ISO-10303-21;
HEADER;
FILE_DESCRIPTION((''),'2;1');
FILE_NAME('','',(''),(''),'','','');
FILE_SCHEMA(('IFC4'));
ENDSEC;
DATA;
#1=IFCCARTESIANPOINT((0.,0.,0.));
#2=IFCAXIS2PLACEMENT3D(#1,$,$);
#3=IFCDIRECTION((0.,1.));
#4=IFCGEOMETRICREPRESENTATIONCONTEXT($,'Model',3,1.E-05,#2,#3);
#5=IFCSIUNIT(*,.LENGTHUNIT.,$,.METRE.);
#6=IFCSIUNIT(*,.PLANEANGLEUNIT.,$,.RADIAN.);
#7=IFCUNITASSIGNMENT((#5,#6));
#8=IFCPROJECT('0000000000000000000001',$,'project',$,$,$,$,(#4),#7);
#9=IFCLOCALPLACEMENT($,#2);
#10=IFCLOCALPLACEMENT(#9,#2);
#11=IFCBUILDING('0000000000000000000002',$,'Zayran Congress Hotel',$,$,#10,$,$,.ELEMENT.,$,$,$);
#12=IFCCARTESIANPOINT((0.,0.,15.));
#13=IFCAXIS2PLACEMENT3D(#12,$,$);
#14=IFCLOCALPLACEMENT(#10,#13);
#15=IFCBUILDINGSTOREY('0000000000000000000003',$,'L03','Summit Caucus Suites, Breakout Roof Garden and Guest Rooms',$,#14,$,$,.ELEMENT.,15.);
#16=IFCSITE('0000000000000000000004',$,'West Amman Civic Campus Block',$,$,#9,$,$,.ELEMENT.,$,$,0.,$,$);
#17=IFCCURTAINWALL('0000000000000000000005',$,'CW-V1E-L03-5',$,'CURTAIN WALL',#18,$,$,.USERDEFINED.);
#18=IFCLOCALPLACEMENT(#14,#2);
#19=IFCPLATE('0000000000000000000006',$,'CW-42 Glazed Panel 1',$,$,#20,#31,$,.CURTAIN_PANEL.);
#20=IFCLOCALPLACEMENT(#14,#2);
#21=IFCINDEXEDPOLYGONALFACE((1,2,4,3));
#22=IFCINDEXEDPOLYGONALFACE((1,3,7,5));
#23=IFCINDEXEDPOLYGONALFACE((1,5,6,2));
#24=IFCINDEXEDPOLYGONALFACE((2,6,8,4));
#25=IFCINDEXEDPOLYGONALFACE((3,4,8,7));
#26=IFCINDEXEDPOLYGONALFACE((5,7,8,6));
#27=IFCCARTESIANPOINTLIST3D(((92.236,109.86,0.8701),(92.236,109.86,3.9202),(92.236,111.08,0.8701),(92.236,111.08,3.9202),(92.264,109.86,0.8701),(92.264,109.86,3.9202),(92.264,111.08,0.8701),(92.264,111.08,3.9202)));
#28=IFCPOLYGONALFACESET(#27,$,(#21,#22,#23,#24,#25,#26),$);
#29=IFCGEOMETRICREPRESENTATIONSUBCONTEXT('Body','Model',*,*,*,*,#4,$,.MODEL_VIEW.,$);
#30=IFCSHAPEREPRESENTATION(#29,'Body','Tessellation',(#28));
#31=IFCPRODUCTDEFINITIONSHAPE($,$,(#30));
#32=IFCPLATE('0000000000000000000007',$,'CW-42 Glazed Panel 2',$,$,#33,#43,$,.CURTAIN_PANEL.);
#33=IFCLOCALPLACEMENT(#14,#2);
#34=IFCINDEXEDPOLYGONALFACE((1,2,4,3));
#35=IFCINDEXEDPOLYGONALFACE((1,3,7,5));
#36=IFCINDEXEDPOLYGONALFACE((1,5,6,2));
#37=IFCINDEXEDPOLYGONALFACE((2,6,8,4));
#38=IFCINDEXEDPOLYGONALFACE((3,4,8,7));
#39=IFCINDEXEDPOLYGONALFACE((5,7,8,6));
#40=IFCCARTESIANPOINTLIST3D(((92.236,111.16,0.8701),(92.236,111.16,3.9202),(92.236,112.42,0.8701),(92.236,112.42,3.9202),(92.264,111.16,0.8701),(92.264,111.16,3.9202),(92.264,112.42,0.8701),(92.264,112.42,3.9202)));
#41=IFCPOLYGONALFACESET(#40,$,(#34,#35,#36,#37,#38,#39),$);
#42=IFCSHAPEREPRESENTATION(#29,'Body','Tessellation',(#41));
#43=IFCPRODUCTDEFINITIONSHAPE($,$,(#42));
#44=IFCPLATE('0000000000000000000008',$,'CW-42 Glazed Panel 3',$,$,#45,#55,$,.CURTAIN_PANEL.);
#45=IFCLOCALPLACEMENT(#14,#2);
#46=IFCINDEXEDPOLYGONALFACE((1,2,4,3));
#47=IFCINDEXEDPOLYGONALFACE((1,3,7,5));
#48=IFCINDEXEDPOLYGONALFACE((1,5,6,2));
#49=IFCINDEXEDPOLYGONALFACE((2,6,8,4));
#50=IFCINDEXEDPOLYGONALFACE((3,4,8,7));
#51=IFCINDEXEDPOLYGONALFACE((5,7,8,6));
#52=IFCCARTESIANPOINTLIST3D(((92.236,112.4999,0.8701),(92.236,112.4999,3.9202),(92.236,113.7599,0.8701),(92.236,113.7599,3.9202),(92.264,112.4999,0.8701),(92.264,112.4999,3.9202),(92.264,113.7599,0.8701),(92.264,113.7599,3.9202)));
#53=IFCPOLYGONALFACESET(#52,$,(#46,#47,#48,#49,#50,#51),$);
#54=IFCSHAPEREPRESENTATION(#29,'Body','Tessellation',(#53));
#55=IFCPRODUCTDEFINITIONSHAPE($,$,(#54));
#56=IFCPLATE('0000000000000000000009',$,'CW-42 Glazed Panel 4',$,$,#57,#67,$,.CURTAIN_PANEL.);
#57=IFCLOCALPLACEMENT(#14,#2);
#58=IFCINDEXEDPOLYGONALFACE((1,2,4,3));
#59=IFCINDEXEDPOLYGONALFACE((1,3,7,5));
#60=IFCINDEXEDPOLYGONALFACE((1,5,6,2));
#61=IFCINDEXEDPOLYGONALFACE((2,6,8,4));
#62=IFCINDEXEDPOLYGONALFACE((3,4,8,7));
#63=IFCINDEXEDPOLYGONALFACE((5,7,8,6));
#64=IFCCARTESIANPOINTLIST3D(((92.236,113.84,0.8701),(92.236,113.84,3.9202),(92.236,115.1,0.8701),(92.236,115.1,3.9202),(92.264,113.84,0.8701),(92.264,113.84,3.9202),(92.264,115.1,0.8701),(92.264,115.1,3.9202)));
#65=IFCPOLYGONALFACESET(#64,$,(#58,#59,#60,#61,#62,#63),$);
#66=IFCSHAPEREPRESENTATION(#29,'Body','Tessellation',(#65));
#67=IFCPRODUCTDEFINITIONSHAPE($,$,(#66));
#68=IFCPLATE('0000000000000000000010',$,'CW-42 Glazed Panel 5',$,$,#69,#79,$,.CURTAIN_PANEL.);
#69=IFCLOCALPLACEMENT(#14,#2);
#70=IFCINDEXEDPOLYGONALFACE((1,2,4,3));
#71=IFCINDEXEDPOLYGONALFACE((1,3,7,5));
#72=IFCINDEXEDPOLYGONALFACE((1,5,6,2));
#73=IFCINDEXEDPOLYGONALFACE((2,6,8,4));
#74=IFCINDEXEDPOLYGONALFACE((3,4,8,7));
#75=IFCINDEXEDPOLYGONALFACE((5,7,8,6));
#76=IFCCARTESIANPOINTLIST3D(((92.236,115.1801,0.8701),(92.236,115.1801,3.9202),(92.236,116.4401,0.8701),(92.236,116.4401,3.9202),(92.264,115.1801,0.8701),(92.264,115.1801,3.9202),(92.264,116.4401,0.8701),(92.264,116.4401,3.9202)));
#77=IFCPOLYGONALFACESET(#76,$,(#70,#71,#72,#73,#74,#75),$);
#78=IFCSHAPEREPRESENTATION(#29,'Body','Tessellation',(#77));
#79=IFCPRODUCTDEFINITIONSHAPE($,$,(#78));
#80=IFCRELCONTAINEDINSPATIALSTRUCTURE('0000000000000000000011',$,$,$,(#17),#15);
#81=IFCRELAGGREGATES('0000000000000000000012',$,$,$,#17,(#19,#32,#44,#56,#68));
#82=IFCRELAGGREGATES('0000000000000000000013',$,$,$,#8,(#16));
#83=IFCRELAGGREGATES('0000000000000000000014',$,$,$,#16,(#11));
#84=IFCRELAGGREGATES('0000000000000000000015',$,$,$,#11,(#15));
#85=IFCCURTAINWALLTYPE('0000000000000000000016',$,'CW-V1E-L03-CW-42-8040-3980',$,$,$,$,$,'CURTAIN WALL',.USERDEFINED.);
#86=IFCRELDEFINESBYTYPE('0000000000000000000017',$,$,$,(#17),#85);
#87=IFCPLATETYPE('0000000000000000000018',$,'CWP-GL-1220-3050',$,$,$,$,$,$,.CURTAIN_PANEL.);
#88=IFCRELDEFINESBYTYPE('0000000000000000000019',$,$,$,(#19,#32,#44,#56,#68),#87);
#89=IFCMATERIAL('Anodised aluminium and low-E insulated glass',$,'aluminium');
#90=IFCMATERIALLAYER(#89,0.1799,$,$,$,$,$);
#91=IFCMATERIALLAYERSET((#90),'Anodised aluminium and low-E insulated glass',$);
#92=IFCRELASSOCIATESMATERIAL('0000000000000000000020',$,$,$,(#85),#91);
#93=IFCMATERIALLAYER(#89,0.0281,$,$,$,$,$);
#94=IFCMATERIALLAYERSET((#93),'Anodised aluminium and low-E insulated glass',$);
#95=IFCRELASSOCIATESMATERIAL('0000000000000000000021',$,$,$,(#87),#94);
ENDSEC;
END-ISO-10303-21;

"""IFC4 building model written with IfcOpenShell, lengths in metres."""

from ifc_helpers import new_model, si_unit, direction, frame, origin, origin_2d, place, context, subcontext, project, spatial, rectangle, extrude, material, layer, layer_set, type_object, element, aggregate, save


model = new_model("IFC4")

# Units and contexts
model_context = context("Model", 3, precision=1e-05, world=origin(), true_north=direction((0.0, 1.0)))
body_context = subcontext(model_context, "Body", "Model", "MODEL_VIEW")
ifc_project = project(units=[si_unit("LENGTHUNIT", "METRE"), si_unit("PLANEANGLEUNIT", "RADIAN")], contexts=[model_context])

# Site, building, storey
site_placement = place(None, origin())
site = spatial("IfcSite", under=ifc_project, at=site_placement, Name="West Amman Civic Campus Block", CompositionType="ELEMENT", RefElevation=0.0)
building_placement = place(site_placement, origin())
building = spatial("IfcBuilding", under=site, at=building_placement, Name="Zayran Congress Hotel", CompositionType="ELEMENT")
storey_placement = place(building_placement, frame((0.0, 0.0, 15.0)))
storey = spatial("IfcBuildingStorey", under=building, at=storey_placement, Name="L03", Description="Summit Caucus Suites, Breakout Roof Garden and Guest Rooms", CompositionType="ELEMENT", Elevation=15.0)

# Curtain wall, plates
ifc_material_1 = material(Name="Anodised aluminium and low-E insulated glass", Category="aluminium")
ifc_layer_1 = layer(ifc_material_1, 0.1799)
ifc_layer_set_1 = layer_set([ifc_layer_1], Name="Anodised aluminium and low-E insulated glass")
curtain_wall_type = type_object("IfcCurtainWallType", Name="CW-V1E-L03-CW-42-8040-3980", ElementType="CURTAIN WALL", PredefinedType="USERDEFINED", material=ifc_layer_set_1)
curtain_wall_placement = place(storey_placement, origin())
curtain_wall = element("IfcCurtainWall", 1, at=curtain_wall_placement, inside=storey, type_object=curtain_wall_type, Name="CW-V1E-L03-5", ObjectType="CURTAIN WALL", PredefinedType="USERDEFINED")
ifc_layer_2 = layer(ifc_material_1, 0.0281)
ifc_layer_set_2 = layer_set([ifc_layer_2], Name="Anodised aluminium and low-E insulated glass")
plate_type_1 = type_object("IfcPlateType", Name="CWP-GL-1220-3050", PredefinedType="CURTAIN_PANEL", material=ifc_layer_set_2)
plate_1_placement = place(storey_placement, frame((92.25, 110.47, 0.8701), z_axis=(0.0, 0.0, 1.0), x_axis=(0.0, 1.0, 0.0)))
plate_1 = element("IfcPlate", 2, at=plate_1_placement, type_object=plate_type_1, Name="CW-42 Glazed Panel 1", PredefinedType="CURTAIN_PANEL", context=body_context, shape_type="SweptSolid", body=[
    extrude(rectangle(XDim=1.22, YDim=0.0281, at=origin_2d()), origin(), (0.0, 0.0, 1.0), 3.05),
])
plate_2_placement = place(storey_placement, frame((92.25, 111.79, 0.8701), z_axis=(0.0, 0.0, 1.0), x_axis=(0.0, 1.0, 0.0)))
plate_2 = element("IfcPlate", 3, at=plate_2_placement, type_object=plate_type_1, Name="CW-42 Glazed Panel 2", PredefinedType="CURTAIN_PANEL", context=body_context, shape_type="SweptSolid", body=[
    extrude(rectangle(XDim=1.26, YDim=0.0281, at=origin_2d()), origin(), (0.0, 0.0, 1.0), 3.05),
])
plate_3_placement = place(storey_placement, frame((92.25, 113.1299, 0.8701), z_axis=(0.0, 0.0, 1.0), x_axis=(0.0, 1.0, 0.0)))
plate_3 = element("IfcPlate", 4, at=plate_3_placement, type_object=plate_type_1, Name="CW-42 Glazed Panel 3", PredefinedType="CURTAIN_PANEL", context=body_context, shape_type="SweptSolid", body=[
    extrude(rectangle(XDim=1.26, YDim=0.0281, at=origin_2d()), origin(), (0.0, 0.0, 1.0), 3.05),
])
plate_4_placement = place(storey_placement, frame((92.25, 114.47, 0.8701), z_axis=(0.0, 0.0, 1.0), x_axis=(0.0, 1.0, 0.0)))
plate_4 = element("IfcPlate", 5, at=plate_4_placement, type_object=plate_type_1, Name="CW-42 Glazed Panel 4", PredefinedType="CURTAIN_PANEL", context=body_context, shape_type="SweptSolid", body=[
    extrude(rectangle(XDim=1.26, YDim=0.0281, at=origin_2d()), origin(), (0.0, 0.0, 1.0), 3.05),
])
plate_5_placement = place(storey_placement, frame((92.25, 115.8101, 0.8701), z_axis=(0.0, 0.0, 1.0), x_axis=(0.0, 1.0, 0.0)))
plate_5 = element("IfcPlate", 6, at=plate_5_placement, type_object=plate_type_1, Name="CW-42 Glazed Panel 5", PredefinedType="CURTAIN_PANEL", context=body_context, shape_type="SweptSolid", body=[
    extrude(rectangle(XDim=1.26, YDim=0.0281, at=origin_2d()), origin(), (0.0, 0.0, 1.0), 3.05),
])
aggregate(curtain_wall, [plate_1, plate_2, plate_3, plate_4, plate_5])

save(model, "model.ifc")
